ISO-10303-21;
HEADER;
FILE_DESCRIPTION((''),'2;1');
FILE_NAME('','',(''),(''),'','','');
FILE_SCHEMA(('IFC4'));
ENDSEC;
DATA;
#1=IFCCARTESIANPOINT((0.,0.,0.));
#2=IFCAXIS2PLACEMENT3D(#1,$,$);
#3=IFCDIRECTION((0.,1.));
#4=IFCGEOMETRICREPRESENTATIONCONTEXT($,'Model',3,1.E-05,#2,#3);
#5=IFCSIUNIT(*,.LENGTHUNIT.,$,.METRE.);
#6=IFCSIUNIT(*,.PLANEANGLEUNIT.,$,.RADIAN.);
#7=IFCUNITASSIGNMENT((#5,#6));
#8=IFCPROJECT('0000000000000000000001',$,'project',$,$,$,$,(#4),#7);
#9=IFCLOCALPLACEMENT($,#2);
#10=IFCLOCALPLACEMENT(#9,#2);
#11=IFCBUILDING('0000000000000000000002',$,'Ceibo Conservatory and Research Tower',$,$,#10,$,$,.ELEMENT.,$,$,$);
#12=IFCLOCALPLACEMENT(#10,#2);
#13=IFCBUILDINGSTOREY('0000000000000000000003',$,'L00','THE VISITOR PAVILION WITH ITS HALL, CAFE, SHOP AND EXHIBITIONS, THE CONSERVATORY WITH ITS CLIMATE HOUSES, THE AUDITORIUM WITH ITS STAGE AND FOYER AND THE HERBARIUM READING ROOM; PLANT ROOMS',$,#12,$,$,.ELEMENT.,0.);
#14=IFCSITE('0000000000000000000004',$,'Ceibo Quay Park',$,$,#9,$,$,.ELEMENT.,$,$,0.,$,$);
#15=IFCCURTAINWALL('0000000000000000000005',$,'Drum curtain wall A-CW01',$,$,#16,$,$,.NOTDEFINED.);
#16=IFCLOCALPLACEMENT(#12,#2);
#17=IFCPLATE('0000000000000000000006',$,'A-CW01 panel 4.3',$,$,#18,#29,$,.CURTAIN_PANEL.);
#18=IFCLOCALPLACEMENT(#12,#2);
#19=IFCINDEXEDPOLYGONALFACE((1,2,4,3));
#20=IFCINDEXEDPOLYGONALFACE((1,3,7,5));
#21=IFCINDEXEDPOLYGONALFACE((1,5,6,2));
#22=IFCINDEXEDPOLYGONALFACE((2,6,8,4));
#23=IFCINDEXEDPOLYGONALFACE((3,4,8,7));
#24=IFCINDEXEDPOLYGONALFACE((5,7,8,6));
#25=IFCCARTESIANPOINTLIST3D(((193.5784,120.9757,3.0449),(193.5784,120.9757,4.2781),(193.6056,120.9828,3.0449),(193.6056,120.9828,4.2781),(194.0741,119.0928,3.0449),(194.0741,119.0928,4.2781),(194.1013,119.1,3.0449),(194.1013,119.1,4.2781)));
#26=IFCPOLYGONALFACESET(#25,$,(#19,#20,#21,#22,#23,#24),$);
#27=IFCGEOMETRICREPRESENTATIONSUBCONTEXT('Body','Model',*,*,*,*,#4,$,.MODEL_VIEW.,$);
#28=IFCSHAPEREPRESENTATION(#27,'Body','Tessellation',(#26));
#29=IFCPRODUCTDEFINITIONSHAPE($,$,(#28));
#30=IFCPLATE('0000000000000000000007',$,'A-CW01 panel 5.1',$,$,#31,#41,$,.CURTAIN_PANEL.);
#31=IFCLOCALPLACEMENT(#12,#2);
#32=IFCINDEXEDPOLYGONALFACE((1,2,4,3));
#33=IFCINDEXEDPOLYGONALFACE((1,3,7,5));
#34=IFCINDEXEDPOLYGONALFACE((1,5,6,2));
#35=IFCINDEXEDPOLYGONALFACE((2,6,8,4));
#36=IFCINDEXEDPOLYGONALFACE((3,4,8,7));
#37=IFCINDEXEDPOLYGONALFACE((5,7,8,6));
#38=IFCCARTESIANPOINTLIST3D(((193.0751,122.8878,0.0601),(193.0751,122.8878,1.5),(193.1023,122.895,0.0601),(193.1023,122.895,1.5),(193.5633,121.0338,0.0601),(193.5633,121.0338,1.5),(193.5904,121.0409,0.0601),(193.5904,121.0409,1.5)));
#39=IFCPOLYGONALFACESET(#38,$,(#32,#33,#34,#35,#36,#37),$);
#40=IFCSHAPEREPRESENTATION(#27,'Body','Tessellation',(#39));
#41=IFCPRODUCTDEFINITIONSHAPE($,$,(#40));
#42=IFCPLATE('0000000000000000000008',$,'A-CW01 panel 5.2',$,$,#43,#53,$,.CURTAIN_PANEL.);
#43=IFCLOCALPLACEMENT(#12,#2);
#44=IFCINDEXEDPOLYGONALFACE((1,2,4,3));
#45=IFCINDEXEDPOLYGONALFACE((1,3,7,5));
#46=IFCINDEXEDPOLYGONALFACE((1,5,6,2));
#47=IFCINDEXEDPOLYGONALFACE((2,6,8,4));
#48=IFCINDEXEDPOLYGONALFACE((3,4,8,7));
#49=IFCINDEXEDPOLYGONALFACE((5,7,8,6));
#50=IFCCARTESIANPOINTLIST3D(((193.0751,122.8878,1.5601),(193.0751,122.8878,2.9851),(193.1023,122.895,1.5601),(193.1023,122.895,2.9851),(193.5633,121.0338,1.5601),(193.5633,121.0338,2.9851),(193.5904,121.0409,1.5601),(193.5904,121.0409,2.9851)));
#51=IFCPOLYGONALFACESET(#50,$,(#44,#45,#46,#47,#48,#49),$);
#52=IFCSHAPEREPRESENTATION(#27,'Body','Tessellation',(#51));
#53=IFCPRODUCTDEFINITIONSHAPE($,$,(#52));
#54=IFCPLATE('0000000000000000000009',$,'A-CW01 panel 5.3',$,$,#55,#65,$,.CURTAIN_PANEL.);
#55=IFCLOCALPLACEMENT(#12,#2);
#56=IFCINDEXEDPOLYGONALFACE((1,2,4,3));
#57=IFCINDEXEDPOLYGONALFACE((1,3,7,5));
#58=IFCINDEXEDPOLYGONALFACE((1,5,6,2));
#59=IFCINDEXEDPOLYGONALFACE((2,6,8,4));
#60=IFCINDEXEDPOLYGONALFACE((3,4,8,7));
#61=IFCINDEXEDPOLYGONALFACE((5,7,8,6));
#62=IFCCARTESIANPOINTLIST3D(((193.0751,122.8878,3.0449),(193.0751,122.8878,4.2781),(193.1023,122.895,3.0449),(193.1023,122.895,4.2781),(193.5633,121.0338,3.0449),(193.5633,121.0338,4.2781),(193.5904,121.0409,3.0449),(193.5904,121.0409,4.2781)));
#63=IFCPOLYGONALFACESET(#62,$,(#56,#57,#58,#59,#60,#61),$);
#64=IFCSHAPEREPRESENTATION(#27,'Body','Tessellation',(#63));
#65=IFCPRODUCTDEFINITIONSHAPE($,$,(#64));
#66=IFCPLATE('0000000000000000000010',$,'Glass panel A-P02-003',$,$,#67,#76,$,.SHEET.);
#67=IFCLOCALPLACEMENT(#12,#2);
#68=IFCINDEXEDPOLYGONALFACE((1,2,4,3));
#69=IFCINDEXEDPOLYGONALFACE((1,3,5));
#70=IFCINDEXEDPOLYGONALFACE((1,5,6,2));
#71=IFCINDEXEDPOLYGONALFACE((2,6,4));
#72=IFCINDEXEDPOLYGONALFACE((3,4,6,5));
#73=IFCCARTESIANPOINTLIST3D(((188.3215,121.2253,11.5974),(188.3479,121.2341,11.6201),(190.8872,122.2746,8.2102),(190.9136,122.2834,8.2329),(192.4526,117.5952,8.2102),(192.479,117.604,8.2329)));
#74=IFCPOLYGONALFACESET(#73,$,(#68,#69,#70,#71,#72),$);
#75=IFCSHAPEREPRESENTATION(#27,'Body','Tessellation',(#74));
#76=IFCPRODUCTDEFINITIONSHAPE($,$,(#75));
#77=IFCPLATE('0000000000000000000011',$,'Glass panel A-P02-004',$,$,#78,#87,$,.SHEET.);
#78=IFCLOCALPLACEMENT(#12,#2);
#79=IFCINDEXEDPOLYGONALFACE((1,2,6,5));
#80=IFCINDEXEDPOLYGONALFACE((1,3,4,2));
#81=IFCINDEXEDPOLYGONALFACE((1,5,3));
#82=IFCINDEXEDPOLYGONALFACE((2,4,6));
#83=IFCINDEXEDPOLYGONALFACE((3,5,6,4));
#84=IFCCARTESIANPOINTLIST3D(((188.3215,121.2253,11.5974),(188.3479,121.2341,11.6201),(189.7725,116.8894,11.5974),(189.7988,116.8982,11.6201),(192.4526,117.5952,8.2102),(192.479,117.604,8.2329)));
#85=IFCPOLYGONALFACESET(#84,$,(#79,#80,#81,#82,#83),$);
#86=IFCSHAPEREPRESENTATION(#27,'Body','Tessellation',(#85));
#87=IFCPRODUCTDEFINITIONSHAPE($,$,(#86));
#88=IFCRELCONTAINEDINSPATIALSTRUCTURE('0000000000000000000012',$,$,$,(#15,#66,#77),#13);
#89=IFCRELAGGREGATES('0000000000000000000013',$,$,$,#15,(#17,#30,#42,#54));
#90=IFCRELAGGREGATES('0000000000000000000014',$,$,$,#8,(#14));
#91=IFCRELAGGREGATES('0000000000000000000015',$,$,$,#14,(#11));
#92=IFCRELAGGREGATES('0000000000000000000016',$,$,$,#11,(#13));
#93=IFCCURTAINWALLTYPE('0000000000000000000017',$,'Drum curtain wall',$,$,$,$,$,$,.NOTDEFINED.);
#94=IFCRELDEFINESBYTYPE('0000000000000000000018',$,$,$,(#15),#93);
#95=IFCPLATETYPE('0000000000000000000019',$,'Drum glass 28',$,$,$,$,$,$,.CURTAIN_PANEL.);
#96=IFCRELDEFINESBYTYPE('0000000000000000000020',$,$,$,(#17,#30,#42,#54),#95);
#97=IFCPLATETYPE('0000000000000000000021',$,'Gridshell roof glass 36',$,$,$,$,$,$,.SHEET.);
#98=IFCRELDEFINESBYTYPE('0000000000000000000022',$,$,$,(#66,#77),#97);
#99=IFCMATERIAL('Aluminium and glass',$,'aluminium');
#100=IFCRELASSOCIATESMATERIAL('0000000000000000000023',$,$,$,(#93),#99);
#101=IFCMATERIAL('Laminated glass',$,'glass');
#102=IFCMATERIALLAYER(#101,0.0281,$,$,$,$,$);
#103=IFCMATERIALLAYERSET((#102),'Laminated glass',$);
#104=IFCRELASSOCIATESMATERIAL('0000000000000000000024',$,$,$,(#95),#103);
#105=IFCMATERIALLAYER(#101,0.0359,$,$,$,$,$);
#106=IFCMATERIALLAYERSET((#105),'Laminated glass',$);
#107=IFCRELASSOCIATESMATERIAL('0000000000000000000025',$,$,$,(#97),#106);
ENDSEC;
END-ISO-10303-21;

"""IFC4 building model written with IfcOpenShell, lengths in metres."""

from ifc_helpers import new_model, si_unit, direction, frame, origin, origin_2d, place, context, subcontext, project, spatial, polyline, rectangle, outline, extrude, material, layer, layer_set, type_object, element, aggregate, save


model = new_model("IFC4")

# Units and contexts
model_context = context("Model", 3, precision=1e-05, world=origin(), true_north=direction((0.0, 1.0)))
body_context = subcontext(model_context, "Body", "Model", "MODEL_VIEW")
ifc_project = project(units=[si_unit("LENGTHUNIT", "METRE"), si_unit("PLANEANGLEUNIT", "RADIAN")], contexts=[model_context])

# Site, building, storey
site_placement = place(None, origin())
site = spatial("IfcSite", under=ifc_project, at=site_placement, Name="Ceibo Quay Park", CompositionType="ELEMENT", RefElevation=0.0)
building_placement = place(site_placement, origin())
building = spatial("IfcBuilding", under=site, at=building_placement, Name="Ceibo Conservatory and Research Tower", CompositionType="ELEMENT")
storey_placement = place(building_placement, origin())
storey = spatial("IfcBuildingStorey", under=building, at=storey_placement, Name="L00", Description="THE VISITOR PAVILION WITH ITS HALL, CAFE, SHOP AND EXHIBITIONS, THE CONSERVATORY WITH ITS CLIMATE HOUSES, THE AUDITORIUM WITH ITS STAGE AND FOYER AND THE HERBARIUM READING ROOM; PLANT ROOMS", CompositionType="ELEMENT", Elevation=0.0)

# Curtain wall, plates
ifc_material_1 = material(Name="Aluminium and glass", Category="aluminium")
curtain_wall_type = type_object("IfcCurtainWallType", Name="Drum curtain wall", PredefinedType="NOTDEFINED", material=ifc_material_1)
curtain_wall_placement = place(storey_placement, origin())
curtain_wall = element("IfcCurtainWall", 1, at=curtain_wall_placement, inside=storey, type_object=curtain_wall_type, Name="Drum curtain wall A-CW01", PredefinedType="NOTDEFINED")
ifc_material_2 = material(Name="Laminated glass", Category="glass")
ifc_layer_1 = layer(ifc_material_2, 0.0281)
ifc_layer_set_1 = layer_set([ifc_layer_1], Name="Laminated glass")
plate_type_1 = type_object("IfcPlateType", Name="Drum glass 28", PredefinedType="CURTAIN_PANEL", material=ifc_layer_set_1)
plate_1_placement = place(storey_placement, frame((193.8398, 120.0378, 3.0449), z_axis=(0.0, 0.0, 1.0), x_axis=(-0.254602, 0.967046, 0.0)))
plate_1 = element("IfcPlate", 2, at=plate_1_placement, type_object=plate_type_1, Name="A-CW01 panel 4.3", PredefinedType="CURTAIN_PANEL", context=body_context, shape_type="SweptSolid", body=[
    extrude(rectangle(XDim=1.947, YDim=0.0281, at=origin_2d()), origin(), (0.0, 0.0, 1.0), 1.2332),
])
plate_2_placement = place(storey_placement, frame((193.3328, 121.9644, 0.0601), z_axis=(0.0, 0.0, 1.0), x_axis=(-0.254602, 0.967046, 0.0)))
plate_2 = element("IfcPlate", 3, at=plate_2_placement, type_object=plate_type_1, Name="A-CW01 panel 5.1", PredefinedType="CURTAIN_PANEL", context=body_context, shape_type="SweptSolid", body=[
    extrude(rectangle(XDim=1.9172, YDim=0.0281, at=origin_2d()), origin(), (0.0, 0.0, 1.0), 1.4399),
])
plate_3_placement = place(storey_placement, frame((193.3328, 121.9644, 1.5601), z_axis=(0.0, 0.0, 1.0), x_axis=(-0.254602, 0.967046, 0.0)))
plate_3 = element("IfcPlate", 4, at=plate_3_placement, type_object=plate_type_1, Name="A-CW01 panel 5.2", PredefinedType="CURTAIN_PANEL", context=body_context, shape_type="SweptSolid", body=[
    extrude(rectangle(XDim=1.9172, YDim=0.0281, at=origin_2d()), origin(), (0.0, 0.0, 1.0), 1.425),
])
plate_4_placement = place(storey_placement, frame((193.3328, 121.9644, 3.0449), z_axis=(0.0, 0.0, 1.0), x_axis=(-0.254602, 0.967046, 0.0)))
plate_4 = element("IfcPlate", 5, at=plate_4_placement, type_object=plate_type_1, Name="A-CW01 panel 5.3", PredefinedType="CURTAIN_PANEL", context=body_context, shape_type="SweptSolid", body=[
    extrude(rectangle(XDim=1.9172, YDim=0.0281, at=origin_2d()), origin(), (0.0, 0.0, 1.0), 1.2332),
])
aggregate(curtain_wall, [plate_1, plate_2, plate_3, plate_4])

# Plates
ifc_layer_2 = layer(ifc_material_2, 0.0359)
ifc_layer_set_2 = layer_set([ifc_layer_2], Name="Laminated glass")
plate_type_2 = type_object("IfcPlateType", Name="Gridshell roof glass 36", PredefinedType="SHEET", material=ifc_layer_set_2)
plate_5_placement = place(storey_placement, frame((192.479, 117.604, 8.2329), z_axis=(0.734541, 0.245728, 0.632509), x_axis=(-0.317252, 0.948341, 0.0)))
element("IfcPlate", 6, at=plate_5_placement, inside=storey, type_object=plate_type_2, Name="Glass panel A-P02-003", PredefinedType="SHEET", context=body_context, shape_type="SweptSolid", body=[
    extrude(outline(polyline([(0.0, 0.0), (4.9343, 0.0), (4.7532, 4.3731), (0.0, 0.0)])), origin(), (0.0, 0.0, -1.0), 0.0359),
])
plate_6_placement = place(storey_placement, frame((192.479, 117.604, 8.2329), z_axis=(0.734563, 0.245806, 0.632453), x_axis=(-0.639602, 0.562037, 0.524427)))
element("IfcPlate", 7, at=plate_6_placement, inside=storey, type_object=plate_type_2, Name="Glass panel A-P02-004", PredefinedType="SHEET", context=body_context, shape_type="SweptSolid", body=[
    extrude(outline(polyline([(0.0, 0.0), (6.4589, 0.0), (3.0939, 3.0956), (0.0, 0.0)])), origin(), (0.0, 0.0, -1.0), 0.0359),
])

save(model, "model.ifc")
